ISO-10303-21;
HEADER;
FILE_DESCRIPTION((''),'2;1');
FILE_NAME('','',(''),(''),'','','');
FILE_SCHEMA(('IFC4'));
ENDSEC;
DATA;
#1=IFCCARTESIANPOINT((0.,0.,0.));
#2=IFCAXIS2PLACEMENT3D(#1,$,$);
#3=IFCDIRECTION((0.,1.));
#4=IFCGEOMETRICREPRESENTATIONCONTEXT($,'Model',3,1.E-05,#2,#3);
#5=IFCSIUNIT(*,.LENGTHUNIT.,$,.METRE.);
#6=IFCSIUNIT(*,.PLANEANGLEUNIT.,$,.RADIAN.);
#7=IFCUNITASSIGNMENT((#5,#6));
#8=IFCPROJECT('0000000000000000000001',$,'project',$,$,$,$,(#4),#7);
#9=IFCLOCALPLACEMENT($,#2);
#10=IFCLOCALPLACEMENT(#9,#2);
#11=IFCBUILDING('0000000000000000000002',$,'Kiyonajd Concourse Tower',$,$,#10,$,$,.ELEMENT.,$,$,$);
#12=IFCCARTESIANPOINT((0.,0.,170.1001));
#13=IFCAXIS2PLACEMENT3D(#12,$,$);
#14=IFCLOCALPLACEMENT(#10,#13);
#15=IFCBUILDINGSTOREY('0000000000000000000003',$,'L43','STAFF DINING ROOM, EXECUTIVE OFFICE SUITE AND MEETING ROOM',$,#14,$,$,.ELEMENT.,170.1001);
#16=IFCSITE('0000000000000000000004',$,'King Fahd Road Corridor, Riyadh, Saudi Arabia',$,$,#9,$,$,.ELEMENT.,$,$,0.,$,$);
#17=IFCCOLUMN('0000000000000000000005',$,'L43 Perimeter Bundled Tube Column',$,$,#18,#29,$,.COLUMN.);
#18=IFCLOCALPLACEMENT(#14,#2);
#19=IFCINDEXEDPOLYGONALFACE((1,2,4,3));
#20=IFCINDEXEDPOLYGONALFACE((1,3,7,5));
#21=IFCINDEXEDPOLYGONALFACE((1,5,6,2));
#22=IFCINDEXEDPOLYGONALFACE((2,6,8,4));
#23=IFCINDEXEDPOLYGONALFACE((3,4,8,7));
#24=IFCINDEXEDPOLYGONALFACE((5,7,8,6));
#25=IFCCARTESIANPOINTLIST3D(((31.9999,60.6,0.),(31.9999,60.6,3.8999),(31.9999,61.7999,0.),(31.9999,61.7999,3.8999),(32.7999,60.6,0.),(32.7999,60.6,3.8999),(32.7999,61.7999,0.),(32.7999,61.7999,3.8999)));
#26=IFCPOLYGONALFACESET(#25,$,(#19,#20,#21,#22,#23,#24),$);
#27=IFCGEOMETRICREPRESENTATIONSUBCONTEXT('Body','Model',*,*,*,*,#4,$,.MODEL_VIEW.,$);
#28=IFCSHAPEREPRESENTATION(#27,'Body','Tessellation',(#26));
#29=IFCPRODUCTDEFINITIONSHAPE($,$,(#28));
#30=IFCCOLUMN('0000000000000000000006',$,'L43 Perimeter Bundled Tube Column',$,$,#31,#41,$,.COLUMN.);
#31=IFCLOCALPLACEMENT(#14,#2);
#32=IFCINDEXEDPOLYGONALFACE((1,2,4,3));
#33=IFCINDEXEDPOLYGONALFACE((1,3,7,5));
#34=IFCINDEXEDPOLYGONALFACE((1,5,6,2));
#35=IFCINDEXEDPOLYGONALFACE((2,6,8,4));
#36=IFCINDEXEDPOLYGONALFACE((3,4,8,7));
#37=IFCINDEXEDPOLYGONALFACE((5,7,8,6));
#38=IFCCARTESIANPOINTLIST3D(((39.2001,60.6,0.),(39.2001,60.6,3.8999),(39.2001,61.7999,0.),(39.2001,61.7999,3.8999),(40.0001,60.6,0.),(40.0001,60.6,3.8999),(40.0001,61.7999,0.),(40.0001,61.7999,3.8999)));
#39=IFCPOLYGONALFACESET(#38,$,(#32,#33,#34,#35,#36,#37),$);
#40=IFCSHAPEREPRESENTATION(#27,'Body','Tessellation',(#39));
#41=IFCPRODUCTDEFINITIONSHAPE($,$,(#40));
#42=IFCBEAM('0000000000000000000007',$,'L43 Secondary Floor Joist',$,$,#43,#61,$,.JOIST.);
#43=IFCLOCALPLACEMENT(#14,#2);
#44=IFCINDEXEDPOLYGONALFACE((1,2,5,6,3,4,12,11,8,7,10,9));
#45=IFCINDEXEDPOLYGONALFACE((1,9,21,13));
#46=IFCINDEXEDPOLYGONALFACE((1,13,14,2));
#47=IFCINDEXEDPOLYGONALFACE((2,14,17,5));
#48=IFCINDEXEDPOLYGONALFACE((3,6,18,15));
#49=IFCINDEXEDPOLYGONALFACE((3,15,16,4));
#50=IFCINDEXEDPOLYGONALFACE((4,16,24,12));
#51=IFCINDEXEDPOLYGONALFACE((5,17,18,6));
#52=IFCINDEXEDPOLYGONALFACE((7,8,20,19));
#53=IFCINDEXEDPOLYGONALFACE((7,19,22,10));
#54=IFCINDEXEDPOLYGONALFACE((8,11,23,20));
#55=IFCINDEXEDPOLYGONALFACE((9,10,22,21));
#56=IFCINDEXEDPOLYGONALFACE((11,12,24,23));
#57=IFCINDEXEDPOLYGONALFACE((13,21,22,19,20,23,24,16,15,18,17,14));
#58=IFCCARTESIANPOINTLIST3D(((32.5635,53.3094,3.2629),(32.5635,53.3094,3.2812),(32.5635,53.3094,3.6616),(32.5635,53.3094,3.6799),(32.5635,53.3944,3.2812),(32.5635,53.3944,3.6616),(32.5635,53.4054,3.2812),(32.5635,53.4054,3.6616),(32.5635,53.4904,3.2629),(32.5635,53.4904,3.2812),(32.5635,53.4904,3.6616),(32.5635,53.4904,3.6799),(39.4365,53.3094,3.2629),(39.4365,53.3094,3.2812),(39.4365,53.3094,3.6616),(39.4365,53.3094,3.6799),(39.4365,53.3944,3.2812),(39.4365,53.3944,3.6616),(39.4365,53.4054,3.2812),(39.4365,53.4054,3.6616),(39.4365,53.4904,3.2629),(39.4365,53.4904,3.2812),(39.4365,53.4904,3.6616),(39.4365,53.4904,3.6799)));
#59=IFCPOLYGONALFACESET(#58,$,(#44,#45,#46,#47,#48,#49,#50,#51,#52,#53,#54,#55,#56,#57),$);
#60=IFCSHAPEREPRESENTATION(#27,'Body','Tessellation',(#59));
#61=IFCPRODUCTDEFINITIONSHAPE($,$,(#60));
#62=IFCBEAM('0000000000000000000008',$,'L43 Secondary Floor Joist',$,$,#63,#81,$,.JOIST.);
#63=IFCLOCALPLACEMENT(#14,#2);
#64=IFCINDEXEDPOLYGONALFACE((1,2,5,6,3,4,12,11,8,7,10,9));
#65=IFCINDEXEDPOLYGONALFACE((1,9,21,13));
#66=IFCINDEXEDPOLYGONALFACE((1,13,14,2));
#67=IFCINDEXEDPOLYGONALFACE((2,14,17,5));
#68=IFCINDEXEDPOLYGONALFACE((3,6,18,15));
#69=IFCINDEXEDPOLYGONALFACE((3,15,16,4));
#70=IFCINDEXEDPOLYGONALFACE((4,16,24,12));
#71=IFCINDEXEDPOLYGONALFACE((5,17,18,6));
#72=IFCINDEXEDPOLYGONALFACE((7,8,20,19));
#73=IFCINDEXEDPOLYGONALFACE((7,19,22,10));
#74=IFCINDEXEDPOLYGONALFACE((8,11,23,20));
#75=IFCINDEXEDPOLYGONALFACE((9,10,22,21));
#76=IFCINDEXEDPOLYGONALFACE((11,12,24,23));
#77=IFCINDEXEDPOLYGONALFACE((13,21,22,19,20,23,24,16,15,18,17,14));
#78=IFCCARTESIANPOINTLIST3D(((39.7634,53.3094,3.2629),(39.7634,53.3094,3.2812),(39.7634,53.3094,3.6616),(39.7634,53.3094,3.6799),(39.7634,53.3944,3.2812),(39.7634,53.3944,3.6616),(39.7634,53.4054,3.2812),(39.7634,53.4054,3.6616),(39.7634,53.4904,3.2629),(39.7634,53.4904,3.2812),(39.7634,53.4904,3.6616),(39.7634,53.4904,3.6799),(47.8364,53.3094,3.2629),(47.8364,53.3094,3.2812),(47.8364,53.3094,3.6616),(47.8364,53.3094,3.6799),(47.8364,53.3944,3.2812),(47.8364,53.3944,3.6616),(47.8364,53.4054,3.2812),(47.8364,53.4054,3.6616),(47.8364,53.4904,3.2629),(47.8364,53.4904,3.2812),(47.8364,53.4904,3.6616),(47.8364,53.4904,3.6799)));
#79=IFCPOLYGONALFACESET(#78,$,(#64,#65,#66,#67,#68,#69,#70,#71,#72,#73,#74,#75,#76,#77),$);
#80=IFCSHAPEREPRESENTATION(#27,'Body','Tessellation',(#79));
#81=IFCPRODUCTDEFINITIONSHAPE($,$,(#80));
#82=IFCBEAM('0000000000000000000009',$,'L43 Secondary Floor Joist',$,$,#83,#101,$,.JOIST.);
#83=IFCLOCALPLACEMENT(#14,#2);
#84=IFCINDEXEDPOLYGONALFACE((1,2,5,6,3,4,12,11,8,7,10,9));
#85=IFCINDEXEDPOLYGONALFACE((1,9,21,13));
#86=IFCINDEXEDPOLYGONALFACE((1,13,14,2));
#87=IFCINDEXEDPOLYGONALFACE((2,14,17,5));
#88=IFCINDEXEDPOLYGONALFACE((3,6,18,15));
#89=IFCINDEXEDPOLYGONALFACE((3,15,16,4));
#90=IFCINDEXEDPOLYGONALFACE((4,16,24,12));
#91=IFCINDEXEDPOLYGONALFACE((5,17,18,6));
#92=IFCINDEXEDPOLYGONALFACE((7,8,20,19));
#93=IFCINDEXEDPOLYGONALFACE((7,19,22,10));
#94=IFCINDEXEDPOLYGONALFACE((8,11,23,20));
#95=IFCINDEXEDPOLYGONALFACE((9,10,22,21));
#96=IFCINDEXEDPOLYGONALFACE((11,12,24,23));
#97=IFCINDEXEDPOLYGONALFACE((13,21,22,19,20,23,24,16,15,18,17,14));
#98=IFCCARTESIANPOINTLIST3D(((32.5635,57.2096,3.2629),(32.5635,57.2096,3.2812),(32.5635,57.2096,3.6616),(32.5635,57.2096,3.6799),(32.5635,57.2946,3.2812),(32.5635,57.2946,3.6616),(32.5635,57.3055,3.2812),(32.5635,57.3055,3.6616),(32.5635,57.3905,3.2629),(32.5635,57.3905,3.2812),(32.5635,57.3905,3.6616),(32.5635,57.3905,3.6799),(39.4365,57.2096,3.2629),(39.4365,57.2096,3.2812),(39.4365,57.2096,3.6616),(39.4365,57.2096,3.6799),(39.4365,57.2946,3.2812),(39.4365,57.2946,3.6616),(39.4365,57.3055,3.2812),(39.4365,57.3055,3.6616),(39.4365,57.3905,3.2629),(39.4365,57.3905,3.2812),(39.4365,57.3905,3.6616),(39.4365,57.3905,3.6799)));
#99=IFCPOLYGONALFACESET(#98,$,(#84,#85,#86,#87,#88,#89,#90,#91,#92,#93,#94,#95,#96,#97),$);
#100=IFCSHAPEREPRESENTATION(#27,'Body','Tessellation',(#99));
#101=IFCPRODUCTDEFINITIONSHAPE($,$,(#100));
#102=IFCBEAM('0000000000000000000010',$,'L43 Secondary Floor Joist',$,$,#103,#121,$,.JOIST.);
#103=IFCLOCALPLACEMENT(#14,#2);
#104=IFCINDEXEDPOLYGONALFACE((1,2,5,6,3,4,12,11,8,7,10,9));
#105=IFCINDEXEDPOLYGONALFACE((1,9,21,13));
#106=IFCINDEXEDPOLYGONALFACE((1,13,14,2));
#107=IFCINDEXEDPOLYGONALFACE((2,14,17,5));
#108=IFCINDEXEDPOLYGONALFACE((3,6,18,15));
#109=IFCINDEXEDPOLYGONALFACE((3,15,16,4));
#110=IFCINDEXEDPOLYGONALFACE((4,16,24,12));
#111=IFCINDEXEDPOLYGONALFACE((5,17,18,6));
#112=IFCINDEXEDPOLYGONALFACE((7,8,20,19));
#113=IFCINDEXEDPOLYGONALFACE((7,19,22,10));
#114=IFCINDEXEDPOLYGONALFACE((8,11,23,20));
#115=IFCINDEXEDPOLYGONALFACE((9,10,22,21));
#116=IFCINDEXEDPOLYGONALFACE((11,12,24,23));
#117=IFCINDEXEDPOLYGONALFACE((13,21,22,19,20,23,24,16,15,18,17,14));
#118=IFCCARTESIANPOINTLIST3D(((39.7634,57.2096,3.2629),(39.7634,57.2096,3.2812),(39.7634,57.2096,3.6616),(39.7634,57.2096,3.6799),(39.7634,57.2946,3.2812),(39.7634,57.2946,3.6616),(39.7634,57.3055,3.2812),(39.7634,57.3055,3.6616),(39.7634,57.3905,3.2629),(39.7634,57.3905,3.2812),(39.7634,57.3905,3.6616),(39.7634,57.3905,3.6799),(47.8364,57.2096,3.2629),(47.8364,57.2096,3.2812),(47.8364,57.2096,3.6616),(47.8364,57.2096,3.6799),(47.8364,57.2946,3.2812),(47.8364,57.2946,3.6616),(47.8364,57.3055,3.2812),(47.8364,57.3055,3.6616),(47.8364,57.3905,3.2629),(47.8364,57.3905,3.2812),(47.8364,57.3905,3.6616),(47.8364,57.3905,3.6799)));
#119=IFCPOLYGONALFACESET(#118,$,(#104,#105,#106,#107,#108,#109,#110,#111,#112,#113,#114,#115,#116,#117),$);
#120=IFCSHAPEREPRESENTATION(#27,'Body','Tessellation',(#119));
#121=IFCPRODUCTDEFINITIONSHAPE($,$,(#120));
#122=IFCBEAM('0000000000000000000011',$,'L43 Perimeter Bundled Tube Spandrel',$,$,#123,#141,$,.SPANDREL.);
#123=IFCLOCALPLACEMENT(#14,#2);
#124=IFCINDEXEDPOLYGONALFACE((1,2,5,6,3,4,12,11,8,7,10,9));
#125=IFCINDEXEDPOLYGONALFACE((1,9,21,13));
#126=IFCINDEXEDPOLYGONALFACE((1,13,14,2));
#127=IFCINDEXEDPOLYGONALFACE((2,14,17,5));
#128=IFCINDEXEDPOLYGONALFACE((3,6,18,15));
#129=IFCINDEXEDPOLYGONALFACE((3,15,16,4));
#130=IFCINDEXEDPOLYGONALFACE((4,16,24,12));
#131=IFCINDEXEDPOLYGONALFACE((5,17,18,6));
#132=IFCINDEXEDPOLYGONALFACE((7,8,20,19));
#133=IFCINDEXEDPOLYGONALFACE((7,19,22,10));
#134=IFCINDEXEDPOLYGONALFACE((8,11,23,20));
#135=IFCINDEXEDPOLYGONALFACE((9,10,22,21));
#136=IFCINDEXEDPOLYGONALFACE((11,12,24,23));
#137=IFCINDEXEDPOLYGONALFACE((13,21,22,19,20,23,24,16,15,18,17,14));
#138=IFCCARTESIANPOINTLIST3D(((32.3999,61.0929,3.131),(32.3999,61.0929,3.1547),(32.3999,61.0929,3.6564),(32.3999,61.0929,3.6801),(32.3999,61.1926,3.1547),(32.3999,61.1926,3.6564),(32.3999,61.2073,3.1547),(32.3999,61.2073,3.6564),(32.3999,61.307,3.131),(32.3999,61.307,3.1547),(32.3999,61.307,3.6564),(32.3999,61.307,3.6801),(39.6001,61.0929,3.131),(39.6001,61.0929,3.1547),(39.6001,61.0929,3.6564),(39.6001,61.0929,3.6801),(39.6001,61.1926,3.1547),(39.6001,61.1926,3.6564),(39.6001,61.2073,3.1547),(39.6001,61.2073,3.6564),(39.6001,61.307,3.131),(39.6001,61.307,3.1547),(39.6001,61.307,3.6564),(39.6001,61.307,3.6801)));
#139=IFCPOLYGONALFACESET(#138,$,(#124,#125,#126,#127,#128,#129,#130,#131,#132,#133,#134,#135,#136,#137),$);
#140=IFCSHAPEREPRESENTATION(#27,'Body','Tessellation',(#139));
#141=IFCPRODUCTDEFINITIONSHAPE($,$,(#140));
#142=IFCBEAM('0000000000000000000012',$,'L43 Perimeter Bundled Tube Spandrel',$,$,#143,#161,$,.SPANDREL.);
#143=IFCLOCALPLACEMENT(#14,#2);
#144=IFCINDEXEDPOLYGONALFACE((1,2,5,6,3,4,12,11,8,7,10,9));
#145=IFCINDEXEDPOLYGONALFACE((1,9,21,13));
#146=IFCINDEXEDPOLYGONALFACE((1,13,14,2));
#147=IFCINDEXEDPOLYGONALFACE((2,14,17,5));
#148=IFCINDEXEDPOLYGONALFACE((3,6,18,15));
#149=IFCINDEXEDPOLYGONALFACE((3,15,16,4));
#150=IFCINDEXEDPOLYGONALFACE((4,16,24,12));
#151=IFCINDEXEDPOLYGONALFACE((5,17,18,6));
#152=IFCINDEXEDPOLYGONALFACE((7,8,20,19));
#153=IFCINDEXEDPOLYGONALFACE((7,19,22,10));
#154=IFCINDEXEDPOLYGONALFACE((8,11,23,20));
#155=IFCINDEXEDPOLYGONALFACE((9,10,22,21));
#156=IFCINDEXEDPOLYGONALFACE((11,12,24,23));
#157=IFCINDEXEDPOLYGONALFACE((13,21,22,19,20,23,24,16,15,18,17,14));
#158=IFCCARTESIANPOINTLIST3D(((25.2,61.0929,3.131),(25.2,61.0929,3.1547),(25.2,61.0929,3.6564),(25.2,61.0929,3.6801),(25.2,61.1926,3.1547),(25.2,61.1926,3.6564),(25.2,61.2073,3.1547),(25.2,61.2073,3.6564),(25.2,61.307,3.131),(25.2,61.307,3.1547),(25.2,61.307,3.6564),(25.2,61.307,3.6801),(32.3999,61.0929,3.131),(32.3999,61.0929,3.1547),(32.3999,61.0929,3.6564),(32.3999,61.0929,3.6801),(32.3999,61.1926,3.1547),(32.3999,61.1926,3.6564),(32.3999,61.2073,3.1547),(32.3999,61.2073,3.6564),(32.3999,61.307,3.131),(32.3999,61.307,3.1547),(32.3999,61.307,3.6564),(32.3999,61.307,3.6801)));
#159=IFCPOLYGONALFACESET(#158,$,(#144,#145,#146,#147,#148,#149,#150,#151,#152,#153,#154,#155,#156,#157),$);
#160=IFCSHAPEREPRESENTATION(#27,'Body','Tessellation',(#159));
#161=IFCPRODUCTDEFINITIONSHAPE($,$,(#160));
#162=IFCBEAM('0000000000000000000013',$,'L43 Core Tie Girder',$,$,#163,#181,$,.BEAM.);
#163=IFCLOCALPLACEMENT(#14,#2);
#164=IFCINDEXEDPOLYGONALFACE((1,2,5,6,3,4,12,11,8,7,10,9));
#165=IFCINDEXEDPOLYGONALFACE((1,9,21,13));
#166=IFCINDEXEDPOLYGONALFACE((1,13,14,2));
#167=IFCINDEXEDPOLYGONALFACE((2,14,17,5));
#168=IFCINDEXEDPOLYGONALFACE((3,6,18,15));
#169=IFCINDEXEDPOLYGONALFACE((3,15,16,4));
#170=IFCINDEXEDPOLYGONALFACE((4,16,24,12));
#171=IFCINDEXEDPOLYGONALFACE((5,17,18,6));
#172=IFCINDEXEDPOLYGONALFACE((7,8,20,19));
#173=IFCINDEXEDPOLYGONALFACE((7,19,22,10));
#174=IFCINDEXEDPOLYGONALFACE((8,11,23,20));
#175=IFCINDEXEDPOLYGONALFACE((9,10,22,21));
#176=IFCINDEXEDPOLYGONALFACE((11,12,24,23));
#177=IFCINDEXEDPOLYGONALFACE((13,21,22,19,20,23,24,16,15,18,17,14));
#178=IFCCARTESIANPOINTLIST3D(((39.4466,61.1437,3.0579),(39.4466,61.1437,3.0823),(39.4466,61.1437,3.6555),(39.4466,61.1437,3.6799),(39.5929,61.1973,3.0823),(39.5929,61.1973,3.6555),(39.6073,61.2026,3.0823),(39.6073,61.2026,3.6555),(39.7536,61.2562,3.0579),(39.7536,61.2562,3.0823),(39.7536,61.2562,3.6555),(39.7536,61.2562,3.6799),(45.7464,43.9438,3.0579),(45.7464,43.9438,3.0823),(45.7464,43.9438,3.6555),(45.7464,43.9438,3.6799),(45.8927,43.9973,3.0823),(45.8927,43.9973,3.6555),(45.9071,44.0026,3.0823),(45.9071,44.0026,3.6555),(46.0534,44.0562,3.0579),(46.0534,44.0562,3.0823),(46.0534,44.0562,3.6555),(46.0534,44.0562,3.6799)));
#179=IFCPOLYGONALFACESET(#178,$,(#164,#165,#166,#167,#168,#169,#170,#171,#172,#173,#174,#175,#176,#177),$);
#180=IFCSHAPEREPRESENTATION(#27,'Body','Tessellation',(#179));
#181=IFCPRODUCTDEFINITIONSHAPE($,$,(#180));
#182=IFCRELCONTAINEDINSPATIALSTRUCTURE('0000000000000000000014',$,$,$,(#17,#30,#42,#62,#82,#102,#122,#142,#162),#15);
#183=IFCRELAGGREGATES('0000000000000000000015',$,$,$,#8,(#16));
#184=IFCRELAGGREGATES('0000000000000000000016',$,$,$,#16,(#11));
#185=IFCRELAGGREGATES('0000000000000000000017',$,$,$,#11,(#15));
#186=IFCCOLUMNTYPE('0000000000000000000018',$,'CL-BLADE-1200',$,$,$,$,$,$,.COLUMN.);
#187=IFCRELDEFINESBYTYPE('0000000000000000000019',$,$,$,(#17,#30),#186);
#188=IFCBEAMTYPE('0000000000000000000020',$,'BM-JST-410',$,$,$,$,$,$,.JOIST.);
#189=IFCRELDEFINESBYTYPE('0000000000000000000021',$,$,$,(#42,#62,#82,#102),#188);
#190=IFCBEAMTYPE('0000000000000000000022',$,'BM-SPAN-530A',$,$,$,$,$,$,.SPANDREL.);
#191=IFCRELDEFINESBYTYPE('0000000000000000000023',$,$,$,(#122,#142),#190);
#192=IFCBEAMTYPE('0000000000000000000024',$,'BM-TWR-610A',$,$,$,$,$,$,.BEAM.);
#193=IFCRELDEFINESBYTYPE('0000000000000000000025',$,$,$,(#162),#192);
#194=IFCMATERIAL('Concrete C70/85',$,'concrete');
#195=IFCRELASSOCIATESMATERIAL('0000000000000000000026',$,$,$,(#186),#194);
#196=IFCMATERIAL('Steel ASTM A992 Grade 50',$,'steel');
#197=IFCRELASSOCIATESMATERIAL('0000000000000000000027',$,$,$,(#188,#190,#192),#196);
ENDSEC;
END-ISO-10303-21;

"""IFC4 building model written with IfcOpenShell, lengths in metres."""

from ifc_helpers import new_model, si_unit, direction, frame, origin, origin_2d, place, context, subcontext, project, spatial, rectangle, i_section, extrude, material, material_profile, profile_set, type_object, element, save


model = new_model("IFC4")

# Units and contexts
model_context = context("Model", 3, precision=1e-05, world=origin(), true_north=direction((0.0, 1.0)))
body_context = subcontext(model_context, "Body", "Model", "MODEL_VIEW")
ifc_project = project(units=[si_unit("LENGTHUNIT", "METRE"), si_unit("PLANEANGLEUNIT", "RADIAN")], contexts=[model_context])

# Site, building, storey
site_placement = place(None, origin())
site = spatial("IfcSite", under=ifc_project, at=site_placement, Name="King Fahd Road Corridor, Riyadh, Saudi Arabia", CompositionType="ELEMENT", RefElevation=0.0)
building_placement = place(site_placement, origin())
building = spatial("IfcBuilding", under=site, at=building_placement, Name="Kiyonajd Concourse Tower", CompositionType="ELEMENT")
storey_placement = place(building_placement, frame((0.0, 0.0, 170.1001)))
storey = spatial("IfcBuildingStorey", under=building, at=storey_placement, Name="L43", Description="STAFF DINING ROOM, EXECUTIVE OFFICE SUITE AND MEETING ROOM", CompositionType="ELEMENT", Elevation=170.1001)

# Columns
ifc_material_1 = material(Name="Concrete C70/85", Category="concrete")
ifc_material_profile_1 = material_profile(ifc_material_1, rectangle(XDim=0.8, YDim=1.2, at=origin_2d()), Name="RC-1200x800")
ifc_profile_set_1 = profile_set([ifc_material_profile_1], Name="Concrete C70/85")
column_type = type_object("IfcColumnType", Name="CL-BLADE-1200", PredefinedType="COLUMN", material=ifc_profile_set_1)
for number, where, z_axis, x_axis, name in (
    (1, (32.3999, 61.2, 0.0), (0.0, 0.0, 1.0), (1.0, 0.0, 0.0), "L43 Perimeter Bundled Tube Column"),
    (2, (39.6001, 61.2, 0.0), (0.0, 0.0, 1.0), (1.0, 0.0, 0.0), "L43 Perimeter Bundled Tube Column"),
):
    element("IfcColumn", number, at=place(storey_placement, frame(where, z_axis=z_axis, x_axis=x_axis)), inside=storey, type_object=column_type, Name=name, PredefinedType="COLUMN", context=body_context, shape_type="SweptSolid", body=[
        extrude(rectangle(XDim=0.8, YDim=1.2, at=origin_2d()), origin(), (0.0, 0.0, 1.0), 3.8999),
    ])

# Beams
ifc_material_2 = material(Name="Steel ASTM A992 Grade 50", Category="steel")
ifc_material_profile_2 = material_profile(ifc_material_2, i_section(OverallWidth=0.1809, OverallDepth=0.417, WebThickness=0.011, FlangeThickness=0.0183, at=origin_2d()), Name="W410X85")
ifc_profile_set_2 = profile_set([ifc_material_profile_2], Name="Steel ASTM A992 Grade 50")
beam_type_1 = type_object("IfcBeamType", Name="BM-JST-410", PredefinedType="JOIST", material=ifc_profile_set_2)
beam_1_placement = place(storey_placement, frame((32.5635, 53.3999, 3.4714), z_axis=(1.0, 0.0, 0.0), x_axis=(0.0, 1.0, 0.0)))
element("IfcBeam", 3, at=beam_1_placement, inside=storey, type_object=beam_type_1, Name="L43 Secondary Floor Joist", PredefinedType="JOIST", context=body_context, shape_type="SweptSolid", body=[
    extrude(i_section(OverallWidth=0.1809, OverallDepth=0.417, WebThickness=0.011, FlangeThickness=0.0183, at=origin_2d()), origin(), (0.0, 0.0, 1.0), 6.873),
])
beam_2_placement = place(storey_placement, frame((39.7634, 53.3999, 3.4714), z_axis=(1.0, 0.0, 0.0), x_axis=(0.0, 1.0, 0.0)))
element("IfcBeam", 4, at=beam_2_placement, inside=storey, type_object=beam_type_1, Name="L43 Secondary Floor Joist", PredefinedType="JOIST", context=body_context, shape_type="SweptSolid", body=[
    extrude(i_section(OverallWidth=0.1809, OverallDepth=0.417, WebThickness=0.011, FlangeThickness=0.0183, at=origin_2d()), origin(), (0.0, 0.0, 1.0), 8.073),
])
beam_3_placement = place(storey_placement, frame((32.5635, 57.3, 3.4714), z_axis=(1.0, 0.0, 0.0), x_axis=(0.0, 1.0, 0.0)))
element("IfcBeam", 5, at=beam_3_placement, inside=storey, type_object=beam_type_1, Name="L43 Secondary Floor Joist", PredefinedType="JOIST", context=body_context, shape_type="SweptSolid", body=[
    extrude(i_section(OverallWidth=0.1809, OverallDepth=0.417, WebThickness=0.011, FlangeThickness=0.0183, at=origin_2d()), origin(), (0.0, 0.0, 1.0), 6.873),
])
beam_4_placement = place(storey_placement, frame((39.7634, 57.3, 3.4714), z_axis=(1.0, 0.0, 0.0), x_axis=(0.0, 1.0, 0.0)))
element("IfcBeam", 6, at=beam_4_placement, inside=storey, type_object=beam_type_1, Name="L43 Secondary Floor Joist", PredefinedType="JOIST", context=body_context, shape_type="SweptSolid", body=[
    extrude(i_section(OverallWidth=0.1809, OverallDepth=0.417, WebThickness=0.011, FlangeThickness=0.0183, at=origin_2d()), origin(), (0.0, 0.0, 1.0), 8.073),
])
ifc_material_profile_3 = material_profile(ifc_material_2, i_section(OverallWidth=0.2141, OverallDepth=0.5491, WebThickness=0.0146, FlangeThickness=0.0237, at=origin_2d()), Name="W530X138")
ifc_profile_set_3 = profile_set([ifc_material_profile_3], Name="Steel ASTM A992 Grade 50")
beam_type_2 = type_object("IfcBeamType", Name="BM-SPAN-530A", PredefinedType="SPANDREL", material=ifc_profile_set_3)
beam_5_placement = place(storey_placement, frame((39.6001, 61.2, 3.4055), z_axis=(-1.0, 0.0, 0.0), x_axis=(0.0, -1.0, 0.0)))
element("IfcBeam", 7, at=beam_5_placement, inside=storey, type_object=beam_type_2, Name="L43 Perimeter Bundled Tube Spandrel", PredefinedType="SPANDREL", context=body_context, shape_type="SweptSolid", body=[
    extrude(i_section(OverallWidth=0.2141, OverallDepth=0.5491, WebThickness=0.0146, FlangeThickness=0.0237, at=origin_2d()), origin(), (0.0, 0.0, 1.0), 7.2002),
])
beam_6_placement = place(storey_placement, frame((32.3999, 61.2, 3.4055), z_axis=(-1.0, 0.0, 0.0), x_axis=(0.0, -1.0, 0.0)))
element("IfcBeam", 8, at=beam_6_placement, inside=storey, type_object=beam_type_2, Name="L43 Perimeter Bundled Tube Spandrel", PredefinedType="SPANDREL", context=body_context, shape_type="SweptSolid", body=[
    extrude(i_section(OverallWidth=0.2141, OverallDepth=0.5491, WebThickness=0.0146, FlangeThickness=0.0237, at=origin_2d()), origin(), (0.0, 0.0, 1.0), 7.2),
])
ifc_material_profile_4 = material_profile(ifc_material_2, i_section(OverallWidth=0.3269, OverallDepth=0.6221, WebThickness=0.0154, FlangeThickness=0.0244, at=origin_2d()), Name="W610X195")
ifc_profile_set_4 = profile_set([ifc_material_profile_4], Name="Steel ASTM A992 Grade 50")
beam_type_3 = type_object("IfcBeamType", Name="BM-TWR-610A", PredefinedType="BEAM", material=ifc_profile_set_4)
beam_7_placement = place(storey_placement, frame((39.6001, 61.2, 3.3689), z_axis=(0.343925, -0.938997, 0.0), x_axis=(0.938997, 0.343925, 0.0)))
element("IfcBeam", 9, at=beam_7_placement, inside=storey, type_object=beam_type_3, Name="L43 Core Tie Girder", PredefinedType="BEAM", context=body_context, shape_type="SweptSolid", body=[
    extrude(i_section(OverallWidth=0.3269, OverallDepth=0.6221, WebThickness=0.0154, FlangeThickness=0.0244, at=origin_2d()), origin(), (0.0, 0.0, 1.0), 18.3174),
])

save(model, "model.ifc")
